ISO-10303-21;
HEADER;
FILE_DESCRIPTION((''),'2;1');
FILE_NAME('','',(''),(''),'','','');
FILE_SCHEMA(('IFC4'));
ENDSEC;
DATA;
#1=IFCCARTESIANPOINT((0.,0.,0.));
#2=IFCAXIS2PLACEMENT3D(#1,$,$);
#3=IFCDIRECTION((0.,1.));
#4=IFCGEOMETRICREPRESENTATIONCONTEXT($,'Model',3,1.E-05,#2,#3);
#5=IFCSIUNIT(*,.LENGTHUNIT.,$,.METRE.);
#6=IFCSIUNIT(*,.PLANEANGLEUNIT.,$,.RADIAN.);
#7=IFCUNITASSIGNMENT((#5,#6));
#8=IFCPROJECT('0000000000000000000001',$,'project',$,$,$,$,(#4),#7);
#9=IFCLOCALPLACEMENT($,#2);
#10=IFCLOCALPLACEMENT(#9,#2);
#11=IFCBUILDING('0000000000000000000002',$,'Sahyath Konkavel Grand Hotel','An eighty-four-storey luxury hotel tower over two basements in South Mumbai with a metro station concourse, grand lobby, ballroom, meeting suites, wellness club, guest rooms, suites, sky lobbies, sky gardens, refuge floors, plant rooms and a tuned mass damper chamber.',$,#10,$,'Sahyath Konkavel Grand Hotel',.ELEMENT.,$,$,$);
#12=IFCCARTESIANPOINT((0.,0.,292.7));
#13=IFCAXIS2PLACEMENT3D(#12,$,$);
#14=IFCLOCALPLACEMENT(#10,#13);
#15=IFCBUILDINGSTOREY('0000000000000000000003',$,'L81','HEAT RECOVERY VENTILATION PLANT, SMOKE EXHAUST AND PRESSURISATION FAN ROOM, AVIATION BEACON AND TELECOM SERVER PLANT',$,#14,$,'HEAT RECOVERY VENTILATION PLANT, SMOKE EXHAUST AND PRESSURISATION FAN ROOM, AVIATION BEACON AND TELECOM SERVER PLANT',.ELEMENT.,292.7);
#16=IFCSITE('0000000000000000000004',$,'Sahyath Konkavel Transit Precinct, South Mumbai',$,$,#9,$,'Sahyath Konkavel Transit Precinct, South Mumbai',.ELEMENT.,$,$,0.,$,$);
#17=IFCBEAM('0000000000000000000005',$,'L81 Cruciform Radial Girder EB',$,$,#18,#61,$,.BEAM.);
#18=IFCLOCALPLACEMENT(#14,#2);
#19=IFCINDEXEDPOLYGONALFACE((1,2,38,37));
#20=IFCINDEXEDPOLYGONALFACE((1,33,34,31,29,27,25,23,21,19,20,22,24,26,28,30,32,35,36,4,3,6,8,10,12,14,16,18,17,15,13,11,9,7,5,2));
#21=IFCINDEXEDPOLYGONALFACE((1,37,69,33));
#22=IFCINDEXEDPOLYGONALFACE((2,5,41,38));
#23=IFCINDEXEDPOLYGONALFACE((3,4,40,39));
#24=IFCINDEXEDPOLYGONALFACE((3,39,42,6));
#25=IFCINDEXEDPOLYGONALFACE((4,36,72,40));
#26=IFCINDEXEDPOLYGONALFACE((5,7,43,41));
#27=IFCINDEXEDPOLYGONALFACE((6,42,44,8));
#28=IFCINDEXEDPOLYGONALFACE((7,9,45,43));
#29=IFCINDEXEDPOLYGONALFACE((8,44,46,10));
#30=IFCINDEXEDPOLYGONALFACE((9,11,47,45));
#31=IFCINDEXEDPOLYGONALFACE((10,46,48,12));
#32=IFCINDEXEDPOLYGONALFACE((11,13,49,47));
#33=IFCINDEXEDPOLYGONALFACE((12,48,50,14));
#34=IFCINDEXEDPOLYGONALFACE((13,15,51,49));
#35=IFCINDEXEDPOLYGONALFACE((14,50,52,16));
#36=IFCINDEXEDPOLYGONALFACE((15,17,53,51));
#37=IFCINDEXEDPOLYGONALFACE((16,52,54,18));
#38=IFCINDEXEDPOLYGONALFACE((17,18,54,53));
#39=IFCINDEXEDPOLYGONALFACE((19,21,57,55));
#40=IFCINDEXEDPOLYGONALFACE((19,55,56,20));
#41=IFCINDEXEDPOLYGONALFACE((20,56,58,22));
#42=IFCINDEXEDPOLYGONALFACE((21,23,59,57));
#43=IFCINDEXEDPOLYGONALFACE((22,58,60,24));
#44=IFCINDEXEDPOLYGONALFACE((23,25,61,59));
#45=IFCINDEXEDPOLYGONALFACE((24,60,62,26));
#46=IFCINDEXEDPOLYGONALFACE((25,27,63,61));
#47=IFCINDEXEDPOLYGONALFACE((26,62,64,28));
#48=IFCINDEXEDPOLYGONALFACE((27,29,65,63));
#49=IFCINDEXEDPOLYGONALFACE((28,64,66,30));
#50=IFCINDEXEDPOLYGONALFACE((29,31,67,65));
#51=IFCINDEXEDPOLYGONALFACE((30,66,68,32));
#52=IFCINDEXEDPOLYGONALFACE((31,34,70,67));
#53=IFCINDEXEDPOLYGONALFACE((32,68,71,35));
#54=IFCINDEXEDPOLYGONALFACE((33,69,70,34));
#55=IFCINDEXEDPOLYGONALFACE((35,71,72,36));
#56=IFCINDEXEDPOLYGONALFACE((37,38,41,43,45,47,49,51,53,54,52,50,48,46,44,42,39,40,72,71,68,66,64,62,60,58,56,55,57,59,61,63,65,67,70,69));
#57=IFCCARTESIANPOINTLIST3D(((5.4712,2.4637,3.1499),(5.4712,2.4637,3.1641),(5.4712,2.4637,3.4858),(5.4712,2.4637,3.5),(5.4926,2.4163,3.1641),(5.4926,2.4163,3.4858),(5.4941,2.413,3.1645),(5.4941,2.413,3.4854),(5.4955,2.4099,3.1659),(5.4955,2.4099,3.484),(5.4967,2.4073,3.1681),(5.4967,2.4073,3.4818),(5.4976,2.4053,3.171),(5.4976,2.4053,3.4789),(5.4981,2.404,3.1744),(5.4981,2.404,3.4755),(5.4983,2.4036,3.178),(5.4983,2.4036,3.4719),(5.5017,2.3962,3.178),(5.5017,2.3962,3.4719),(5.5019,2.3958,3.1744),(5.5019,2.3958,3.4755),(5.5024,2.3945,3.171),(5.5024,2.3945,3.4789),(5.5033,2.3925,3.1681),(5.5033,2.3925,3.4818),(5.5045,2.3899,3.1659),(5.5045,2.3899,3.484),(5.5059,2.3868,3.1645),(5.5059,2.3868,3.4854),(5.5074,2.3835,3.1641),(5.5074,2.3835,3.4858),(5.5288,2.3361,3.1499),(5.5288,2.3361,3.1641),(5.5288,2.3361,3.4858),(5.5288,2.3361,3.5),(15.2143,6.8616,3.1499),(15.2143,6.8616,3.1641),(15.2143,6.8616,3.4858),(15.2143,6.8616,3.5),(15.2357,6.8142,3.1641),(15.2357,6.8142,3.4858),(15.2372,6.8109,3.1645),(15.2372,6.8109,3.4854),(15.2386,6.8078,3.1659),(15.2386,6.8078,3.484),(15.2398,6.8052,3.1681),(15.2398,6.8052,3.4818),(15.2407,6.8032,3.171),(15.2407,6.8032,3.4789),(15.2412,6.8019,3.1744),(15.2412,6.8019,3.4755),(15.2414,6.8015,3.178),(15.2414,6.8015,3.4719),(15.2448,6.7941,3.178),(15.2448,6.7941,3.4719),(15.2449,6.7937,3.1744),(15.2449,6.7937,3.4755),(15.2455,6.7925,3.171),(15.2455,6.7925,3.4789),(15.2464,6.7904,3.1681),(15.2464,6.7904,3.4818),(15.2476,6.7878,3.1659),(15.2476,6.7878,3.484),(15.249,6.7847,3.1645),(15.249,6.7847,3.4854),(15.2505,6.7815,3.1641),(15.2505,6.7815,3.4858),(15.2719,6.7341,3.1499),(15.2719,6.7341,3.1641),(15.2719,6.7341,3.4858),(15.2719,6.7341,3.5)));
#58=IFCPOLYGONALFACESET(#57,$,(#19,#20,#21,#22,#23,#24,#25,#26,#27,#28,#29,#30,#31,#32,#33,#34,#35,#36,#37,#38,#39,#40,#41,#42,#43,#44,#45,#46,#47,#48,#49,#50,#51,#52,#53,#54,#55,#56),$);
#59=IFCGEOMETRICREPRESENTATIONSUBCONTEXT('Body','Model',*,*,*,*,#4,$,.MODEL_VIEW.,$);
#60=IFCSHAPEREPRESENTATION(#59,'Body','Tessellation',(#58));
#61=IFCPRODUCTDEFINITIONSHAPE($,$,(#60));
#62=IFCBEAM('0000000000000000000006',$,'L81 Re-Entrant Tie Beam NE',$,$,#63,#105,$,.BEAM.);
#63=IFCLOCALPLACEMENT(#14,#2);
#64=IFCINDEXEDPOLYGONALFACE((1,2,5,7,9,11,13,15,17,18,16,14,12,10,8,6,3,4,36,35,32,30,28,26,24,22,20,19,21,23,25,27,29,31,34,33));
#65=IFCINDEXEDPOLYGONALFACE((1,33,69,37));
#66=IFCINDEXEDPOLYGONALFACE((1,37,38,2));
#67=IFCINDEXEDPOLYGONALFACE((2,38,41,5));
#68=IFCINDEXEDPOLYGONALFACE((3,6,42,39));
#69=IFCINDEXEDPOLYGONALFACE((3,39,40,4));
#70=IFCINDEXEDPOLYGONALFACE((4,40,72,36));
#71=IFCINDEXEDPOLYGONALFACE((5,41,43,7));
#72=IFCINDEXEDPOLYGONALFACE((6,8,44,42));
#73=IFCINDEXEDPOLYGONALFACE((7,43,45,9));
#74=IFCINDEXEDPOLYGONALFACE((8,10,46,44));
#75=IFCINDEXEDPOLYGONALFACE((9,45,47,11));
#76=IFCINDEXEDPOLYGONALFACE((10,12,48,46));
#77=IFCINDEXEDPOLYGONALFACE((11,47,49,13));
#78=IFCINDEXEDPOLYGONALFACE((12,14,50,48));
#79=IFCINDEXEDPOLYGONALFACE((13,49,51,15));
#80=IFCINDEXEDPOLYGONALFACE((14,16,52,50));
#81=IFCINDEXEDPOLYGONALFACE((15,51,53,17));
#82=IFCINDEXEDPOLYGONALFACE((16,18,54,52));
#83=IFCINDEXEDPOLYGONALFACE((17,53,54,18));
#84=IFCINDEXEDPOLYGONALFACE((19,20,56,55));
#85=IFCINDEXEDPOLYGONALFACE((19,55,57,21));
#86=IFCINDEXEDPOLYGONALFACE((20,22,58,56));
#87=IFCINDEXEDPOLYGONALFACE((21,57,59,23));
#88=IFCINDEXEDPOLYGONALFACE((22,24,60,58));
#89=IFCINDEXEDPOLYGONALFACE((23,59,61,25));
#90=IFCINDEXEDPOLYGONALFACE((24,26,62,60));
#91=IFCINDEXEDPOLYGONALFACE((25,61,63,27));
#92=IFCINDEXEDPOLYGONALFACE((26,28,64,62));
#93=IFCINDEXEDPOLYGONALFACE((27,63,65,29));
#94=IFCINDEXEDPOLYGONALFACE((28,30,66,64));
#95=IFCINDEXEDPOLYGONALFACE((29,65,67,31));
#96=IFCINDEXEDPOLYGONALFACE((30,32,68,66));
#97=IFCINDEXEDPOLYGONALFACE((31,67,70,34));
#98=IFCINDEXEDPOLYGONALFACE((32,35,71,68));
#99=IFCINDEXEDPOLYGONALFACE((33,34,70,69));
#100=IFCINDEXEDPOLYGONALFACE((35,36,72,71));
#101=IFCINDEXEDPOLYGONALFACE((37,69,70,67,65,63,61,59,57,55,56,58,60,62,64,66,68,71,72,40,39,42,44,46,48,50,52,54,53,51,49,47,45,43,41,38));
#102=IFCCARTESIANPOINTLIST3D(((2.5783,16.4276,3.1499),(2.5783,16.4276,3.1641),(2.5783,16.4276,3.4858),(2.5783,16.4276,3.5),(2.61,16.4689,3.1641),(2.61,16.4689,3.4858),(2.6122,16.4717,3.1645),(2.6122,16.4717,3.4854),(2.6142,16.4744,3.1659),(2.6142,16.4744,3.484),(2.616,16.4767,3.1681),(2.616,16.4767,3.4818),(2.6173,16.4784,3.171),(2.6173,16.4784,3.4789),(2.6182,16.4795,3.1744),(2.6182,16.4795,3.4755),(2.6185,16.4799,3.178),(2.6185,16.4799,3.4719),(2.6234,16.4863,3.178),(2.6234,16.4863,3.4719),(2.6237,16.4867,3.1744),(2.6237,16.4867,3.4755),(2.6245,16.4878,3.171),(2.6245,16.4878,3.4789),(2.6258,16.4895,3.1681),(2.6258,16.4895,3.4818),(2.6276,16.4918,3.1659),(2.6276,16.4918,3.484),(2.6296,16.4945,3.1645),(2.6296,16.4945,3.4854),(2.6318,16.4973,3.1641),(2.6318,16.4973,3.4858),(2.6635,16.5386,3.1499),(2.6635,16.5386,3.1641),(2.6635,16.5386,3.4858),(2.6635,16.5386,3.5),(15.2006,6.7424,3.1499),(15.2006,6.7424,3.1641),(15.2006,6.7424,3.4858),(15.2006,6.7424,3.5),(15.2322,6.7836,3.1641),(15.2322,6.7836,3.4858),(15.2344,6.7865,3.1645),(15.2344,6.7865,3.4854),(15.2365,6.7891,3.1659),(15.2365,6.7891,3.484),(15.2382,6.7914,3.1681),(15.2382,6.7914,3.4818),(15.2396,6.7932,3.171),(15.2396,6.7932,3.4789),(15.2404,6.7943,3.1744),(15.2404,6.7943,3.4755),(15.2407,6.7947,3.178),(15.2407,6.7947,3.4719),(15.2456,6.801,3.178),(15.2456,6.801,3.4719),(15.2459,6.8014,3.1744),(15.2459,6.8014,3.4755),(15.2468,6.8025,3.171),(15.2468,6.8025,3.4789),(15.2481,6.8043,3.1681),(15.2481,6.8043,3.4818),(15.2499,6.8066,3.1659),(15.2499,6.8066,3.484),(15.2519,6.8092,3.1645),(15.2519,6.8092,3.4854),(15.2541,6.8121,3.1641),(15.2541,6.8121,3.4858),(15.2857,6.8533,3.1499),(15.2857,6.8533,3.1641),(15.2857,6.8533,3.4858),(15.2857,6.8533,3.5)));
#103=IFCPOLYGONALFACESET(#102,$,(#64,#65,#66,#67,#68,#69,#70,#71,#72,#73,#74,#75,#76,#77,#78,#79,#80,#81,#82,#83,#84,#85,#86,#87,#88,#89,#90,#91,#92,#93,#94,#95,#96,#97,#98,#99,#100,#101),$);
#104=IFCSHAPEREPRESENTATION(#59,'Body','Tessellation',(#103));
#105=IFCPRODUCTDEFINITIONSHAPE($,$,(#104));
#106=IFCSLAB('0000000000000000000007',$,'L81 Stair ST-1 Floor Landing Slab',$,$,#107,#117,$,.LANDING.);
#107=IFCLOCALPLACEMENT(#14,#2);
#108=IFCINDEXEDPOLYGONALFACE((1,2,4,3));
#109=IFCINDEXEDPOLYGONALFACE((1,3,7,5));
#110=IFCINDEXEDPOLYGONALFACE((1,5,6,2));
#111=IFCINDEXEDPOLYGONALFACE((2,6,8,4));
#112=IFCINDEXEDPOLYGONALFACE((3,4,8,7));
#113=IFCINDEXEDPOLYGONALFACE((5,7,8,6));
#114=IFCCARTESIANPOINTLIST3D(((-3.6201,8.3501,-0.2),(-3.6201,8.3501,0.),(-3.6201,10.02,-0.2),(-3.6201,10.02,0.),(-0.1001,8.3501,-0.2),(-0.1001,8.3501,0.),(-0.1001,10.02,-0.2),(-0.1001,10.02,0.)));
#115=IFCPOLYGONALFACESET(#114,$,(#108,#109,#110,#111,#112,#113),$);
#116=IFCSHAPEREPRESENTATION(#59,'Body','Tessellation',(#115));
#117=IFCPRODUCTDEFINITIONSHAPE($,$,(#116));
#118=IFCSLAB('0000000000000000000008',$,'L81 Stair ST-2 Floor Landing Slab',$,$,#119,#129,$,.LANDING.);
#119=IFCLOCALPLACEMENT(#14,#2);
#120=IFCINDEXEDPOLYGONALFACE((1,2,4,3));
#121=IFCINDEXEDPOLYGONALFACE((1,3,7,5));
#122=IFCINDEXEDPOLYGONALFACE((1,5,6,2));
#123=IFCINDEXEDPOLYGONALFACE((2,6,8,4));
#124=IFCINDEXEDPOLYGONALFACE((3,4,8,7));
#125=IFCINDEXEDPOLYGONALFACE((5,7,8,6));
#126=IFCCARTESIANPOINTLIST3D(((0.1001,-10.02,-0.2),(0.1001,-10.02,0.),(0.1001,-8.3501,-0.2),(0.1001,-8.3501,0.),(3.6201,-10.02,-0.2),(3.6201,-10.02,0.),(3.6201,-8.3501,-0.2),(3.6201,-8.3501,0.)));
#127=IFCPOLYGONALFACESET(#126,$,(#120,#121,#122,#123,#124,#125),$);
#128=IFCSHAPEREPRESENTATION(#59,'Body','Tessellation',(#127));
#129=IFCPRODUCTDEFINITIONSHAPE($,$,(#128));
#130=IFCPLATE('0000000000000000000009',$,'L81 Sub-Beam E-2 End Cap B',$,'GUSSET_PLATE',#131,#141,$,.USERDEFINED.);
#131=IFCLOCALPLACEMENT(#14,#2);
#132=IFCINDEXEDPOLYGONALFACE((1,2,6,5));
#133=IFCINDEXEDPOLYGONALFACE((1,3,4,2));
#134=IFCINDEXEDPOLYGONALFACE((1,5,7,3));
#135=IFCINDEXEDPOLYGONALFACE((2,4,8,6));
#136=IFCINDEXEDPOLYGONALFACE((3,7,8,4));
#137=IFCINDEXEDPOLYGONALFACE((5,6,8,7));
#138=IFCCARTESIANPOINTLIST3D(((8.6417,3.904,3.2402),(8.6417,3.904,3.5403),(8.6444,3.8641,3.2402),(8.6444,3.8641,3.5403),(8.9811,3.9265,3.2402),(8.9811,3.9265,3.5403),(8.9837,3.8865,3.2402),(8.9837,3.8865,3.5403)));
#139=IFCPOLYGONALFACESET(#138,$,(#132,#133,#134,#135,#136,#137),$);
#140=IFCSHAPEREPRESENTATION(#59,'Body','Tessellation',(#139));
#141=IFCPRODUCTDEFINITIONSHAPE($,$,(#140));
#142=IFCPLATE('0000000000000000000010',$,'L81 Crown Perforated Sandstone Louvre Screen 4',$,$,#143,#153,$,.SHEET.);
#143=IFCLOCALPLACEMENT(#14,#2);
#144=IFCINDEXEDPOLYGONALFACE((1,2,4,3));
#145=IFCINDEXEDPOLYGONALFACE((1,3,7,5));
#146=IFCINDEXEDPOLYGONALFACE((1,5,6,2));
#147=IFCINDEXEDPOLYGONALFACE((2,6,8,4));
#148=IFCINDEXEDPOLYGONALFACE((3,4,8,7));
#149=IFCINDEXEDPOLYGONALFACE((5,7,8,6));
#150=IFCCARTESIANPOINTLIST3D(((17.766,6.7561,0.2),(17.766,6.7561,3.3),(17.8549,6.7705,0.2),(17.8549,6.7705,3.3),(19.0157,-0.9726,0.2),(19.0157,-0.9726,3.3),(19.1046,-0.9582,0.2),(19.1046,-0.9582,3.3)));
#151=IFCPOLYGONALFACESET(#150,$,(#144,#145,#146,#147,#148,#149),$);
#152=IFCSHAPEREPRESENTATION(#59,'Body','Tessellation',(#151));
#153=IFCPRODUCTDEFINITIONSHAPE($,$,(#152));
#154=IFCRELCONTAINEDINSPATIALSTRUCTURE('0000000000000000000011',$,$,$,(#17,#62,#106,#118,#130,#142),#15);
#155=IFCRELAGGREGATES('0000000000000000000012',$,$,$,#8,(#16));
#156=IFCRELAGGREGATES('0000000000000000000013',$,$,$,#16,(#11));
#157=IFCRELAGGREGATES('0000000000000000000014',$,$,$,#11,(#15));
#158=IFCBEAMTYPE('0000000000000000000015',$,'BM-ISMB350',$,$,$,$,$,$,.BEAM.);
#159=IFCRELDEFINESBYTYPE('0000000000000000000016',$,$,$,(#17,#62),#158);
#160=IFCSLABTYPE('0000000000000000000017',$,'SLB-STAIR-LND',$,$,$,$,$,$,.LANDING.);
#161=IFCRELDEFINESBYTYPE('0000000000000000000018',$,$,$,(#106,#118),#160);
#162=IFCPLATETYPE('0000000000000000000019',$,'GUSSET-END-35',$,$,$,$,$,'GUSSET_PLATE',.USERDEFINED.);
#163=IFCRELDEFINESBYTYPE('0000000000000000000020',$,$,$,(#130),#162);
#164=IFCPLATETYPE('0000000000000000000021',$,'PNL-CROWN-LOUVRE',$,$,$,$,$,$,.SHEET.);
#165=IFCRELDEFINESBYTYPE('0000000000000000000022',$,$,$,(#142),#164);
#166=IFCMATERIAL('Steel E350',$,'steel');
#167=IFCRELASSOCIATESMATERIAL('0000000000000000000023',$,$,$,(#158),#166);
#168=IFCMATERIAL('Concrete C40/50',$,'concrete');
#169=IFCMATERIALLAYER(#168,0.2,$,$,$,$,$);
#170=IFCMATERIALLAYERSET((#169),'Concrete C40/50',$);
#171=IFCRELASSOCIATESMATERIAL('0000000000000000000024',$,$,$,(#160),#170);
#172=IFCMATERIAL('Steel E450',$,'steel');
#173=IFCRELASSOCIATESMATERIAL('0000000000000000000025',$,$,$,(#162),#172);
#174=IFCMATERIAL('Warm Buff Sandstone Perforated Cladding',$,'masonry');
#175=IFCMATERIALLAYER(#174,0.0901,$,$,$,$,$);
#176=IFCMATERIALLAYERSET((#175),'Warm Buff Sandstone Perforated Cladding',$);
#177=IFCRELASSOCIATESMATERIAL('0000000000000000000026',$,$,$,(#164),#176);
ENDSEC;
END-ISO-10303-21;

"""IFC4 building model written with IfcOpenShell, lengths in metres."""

from ifc_helpers import new_model, si_unit, direction, frame, origin, origin_2d, place, context, subcontext, project, spatial, polyline, rectangle, i_section, outline, extrude, source, transform, mapped, material, layer, layer_set, material_profile, profile_set, type_object, element, save


model = new_model("IFC4")

# Units and contexts
model_context = context("Model", 3, precision=1e-05, world=origin(), true_north=direction((0.0, 1.0)))
body_context = subcontext(model_context, "Body", "Model", "MODEL_VIEW")
ifc_project = project(units=[si_unit("LENGTHUNIT", "METRE"), si_unit("PLANEANGLEUNIT", "RADIAN")], contexts=[model_context])

# Site, building, storey
site_placement = place(None, origin())
site = spatial("IfcSite", under=ifc_project, at=site_placement, Name="Sahyath Konkavel Transit Precinct, South Mumbai", LongName="Sahyath Konkavel Transit Precinct, South Mumbai", CompositionType="ELEMENT", RefElevation=0.0)
building_placement = place(site_placement, origin())
building = spatial("IfcBuilding", under=site, at=building_placement, Name="Sahyath Konkavel Grand Hotel", Description="An eighty-four-storey luxury hotel tower over two basements in South Mumbai with a metro station concourse, grand lobby, ballroom, meeting suites, wellness club, guest rooms, suites, sky lobbies, sky gardens, refuge floors, plant rooms and a tuned mass damper chamber.", LongName="Sahyath Konkavel Grand Hotel", CompositionType="ELEMENT")
storey_placement = place(building_placement, frame((0.0, 0.0, 292.7)))
storey = spatial("IfcBuildingStorey", under=building, at=storey_placement, Name="L81", Description="HEAT RECOVERY VENTILATION PLANT, SMOKE EXHAUST AND PRESSURISATION FAN ROOM, AVIATION BEACON AND TELECOM SERVER PLANT", LongName="HEAT RECOVERY VENTILATION PLANT, SMOKE EXHAUST AND PRESSURISATION FAN ROOM, AVIATION BEACON AND TELECOM SERVER PLANT", CompositionType="ELEMENT", Elevation=292.7)

# Shared definitions
ifc_material_1 = material(Name="Concrete C40/50", Category="concrete")

# Beams
ifc_material_2 = material(Name="Steel E350", Category="steel")
ifc_material_profile_1 = material_profile(ifc_material_2, i_section(OverallWidth=0.1399, OverallDepth=0.3501, WebThickness=0.0081, FlangeThickness=0.0142, FilletRadius=0.0139, at=origin_2d()), Name="ISMB 350")
ifc_profile_set_1 = profile_set([ifc_material_profile_1], Name="Steel E350")
beam_type_1 = type_object("IfcBeamType", Name="BM-ISMB350", PredefinedType="BEAM", material=ifc_profile_set_1)
shared_shape_1 = source(origin(), body_context, "Body", "SweptSolid", [
    extrude(i_section(OverallWidth=0.1399, OverallDepth=0.3501, WebThickness=0.0081, FlangeThickness=0.0142, FilletRadius=0.0139, at=origin_2d()), origin(), (0.0, 0.0, 1.0), 10.6897),
])
beam_1_placement = place(storey_placement, frame((5.5, 2.3999, 3.325), z_axis=(0.911447, 0.411417, 0.0), x_axis=(-0.411417, 0.911447, 0.0)))
element("IfcBeam", 1, at=beam_1_placement, inside=storey, type_object=beam_type_1, Name="L81 Cruciform Radial Girder EB", PredefinedType="BEAM", context=body_context, shape_type="MappedRepresentation", body=[
    mapped(shared_shape_1, transform((0.0, 0.0, 0.0), scale=1.0)),
])
shared_shape_2 = source(origin(), body_context, "Body", "SweptSolid", [
    extrude(i_section(OverallWidth=0.1399, OverallDepth=0.3501, WebThickness=0.0081, FlangeThickness=0.0142, FilletRadius=0.0139, at=origin_2d()), origin(), (0.0, 0.0, 1.0), 15.9099),
])
beam_2_placement = place(storey_placement, frame((15.2432, 6.7979, 3.325), z_axis=(-0.793358, 0.608756, 0.0), x_axis=(-0.608756, -0.793358, 0.0)))
element("IfcBeam", 2, at=beam_2_placement, inside=storey, type_object=beam_type_1, Name="L81 Re-Entrant Tie Beam NE", PredefinedType="BEAM", context=body_context, shape_type="MappedRepresentation", body=[
    mapped(shared_shape_2, transform((0.0, 0.0, 0.0), scale=1.0)),
])

# Slabs
ifc_layer_1 = layer(ifc_material_1, 0.2)
ifc_layer_set_1 = layer_set([ifc_layer_1], Name="Concrete C40/50")
slab_type = type_object("IfcSlabType", Name="SLB-STAIR-LND", PredefinedType="LANDING", material=ifc_layer_set_1)
slab_1_placement = place(storey_placement, frame((0.0, 0.0, -0.2)))
element("IfcSlab", 3, at=slab_1_placement, inside=storey, type_object=slab_type, Name="L81 Stair ST-1 Floor Landing Slab", PredefinedType="LANDING", context=body_context, shape_type="SweptSolid", body=[
    extrude(outline(polyline([(-3.6201, 8.3501), (-0.1001, 8.3501), (-0.1001, 10.02), (-3.6201, 10.02), (-3.6201, 8.3501)])), origin(), (0.0, 0.0, 1.0), 0.2),
])
slab_2_placement = place(storey_placement, frame((0.0, 0.0, -0.2)))
element("IfcSlab", 4, at=slab_2_placement, inside=storey, type_object=slab_type, Name="L81 Stair ST-2 Floor Landing Slab", PredefinedType="LANDING", context=body_context, shape_type="SweptSolid", body=[
    extrude(outline(polyline([(0.1001, -10.02), (3.6201, -10.02), (3.6201, -8.3501), (0.1001, -8.3501), (0.1001, -10.02)])), origin(), (0.0, 0.0, 1.0), 0.2),
])

# Plates
ifc_material_3 = material(Name="Steel E450", Category="steel")
plate_type_1 = type_object("IfcPlateType", Name="GUSSET-END-35", ElementType="GUSSET_PLATE", PredefinedType="USERDEFINED", material=ifc_material_3)
shared_shape_3 = source(origin(), body_context, "Body", "SweptSolid", [
    extrude(rectangle(XDim=0.04, YDim=0.3401, at=origin_2d()), origin(), (0.0, 0.0, 1.0), 0.3),
])
plate_1_placement = place(storey_placement, frame((8.8127, 3.8953, 3.2402), z_axis=(0.0, 0.0, 1.0), x_axis=(-0.06603, 0.997818, 0.0)))
element("IfcPlate", 5, at=plate_1_placement, inside=storey, type_object=plate_type_1, Name="L81 Sub-Beam E-2 End Cap B", ObjectType="GUSSET_PLATE", PredefinedType="USERDEFINED", context=body_context, shape_type="MappedRepresentation", body=[
    mapped(shared_shape_3, transform((0.0, 0.0, 0.0), scale=1.0)),
])
ifc_material_4 = material(Name="Warm Buff Sandstone Perforated Cladding", Category="masonry")
ifc_layer_2 = layer(ifc_material_4, 0.0901)
ifc_layer_set_2 = layer_set([ifc_layer_2], Name="Warm Buff Sandstone Perforated Cladding")
plate_type_2 = type_object("IfcPlateType", Name="PNL-CROWN-LOUVRE", PredefinedType="SHEET", material=ifc_layer_set_2)
shared_shape_4 = source(origin(), body_context, "Body", "SweptSolid", [
    extrude(rectangle(XDim=7.8291, YDim=0.0901, at=origin_2d()), origin(), (0.0, 0.0, 1.0), 3.1001),
])
plate_2_placement = place(storey_placement, frame((18.4353, 2.8989, 0.2), z_axis=(0.0, 0.0, 1.0), x_axis=(-0.159623, 0.987178, 0.0)))
element("IfcPlate", 6, at=plate_2_placement, inside=storey, type_object=plate_type_2, Name="L81 Crown Perforated Sandstone Louvre Screen 4", PredefinedType="SHEET", context=body_context, shape_type="MappedRepresentation", body=[
    mapped(shared_shape_4, transform((0.0, 0.0, 0.0), scale=1.0)),
])

save(model, "model.ifc")
